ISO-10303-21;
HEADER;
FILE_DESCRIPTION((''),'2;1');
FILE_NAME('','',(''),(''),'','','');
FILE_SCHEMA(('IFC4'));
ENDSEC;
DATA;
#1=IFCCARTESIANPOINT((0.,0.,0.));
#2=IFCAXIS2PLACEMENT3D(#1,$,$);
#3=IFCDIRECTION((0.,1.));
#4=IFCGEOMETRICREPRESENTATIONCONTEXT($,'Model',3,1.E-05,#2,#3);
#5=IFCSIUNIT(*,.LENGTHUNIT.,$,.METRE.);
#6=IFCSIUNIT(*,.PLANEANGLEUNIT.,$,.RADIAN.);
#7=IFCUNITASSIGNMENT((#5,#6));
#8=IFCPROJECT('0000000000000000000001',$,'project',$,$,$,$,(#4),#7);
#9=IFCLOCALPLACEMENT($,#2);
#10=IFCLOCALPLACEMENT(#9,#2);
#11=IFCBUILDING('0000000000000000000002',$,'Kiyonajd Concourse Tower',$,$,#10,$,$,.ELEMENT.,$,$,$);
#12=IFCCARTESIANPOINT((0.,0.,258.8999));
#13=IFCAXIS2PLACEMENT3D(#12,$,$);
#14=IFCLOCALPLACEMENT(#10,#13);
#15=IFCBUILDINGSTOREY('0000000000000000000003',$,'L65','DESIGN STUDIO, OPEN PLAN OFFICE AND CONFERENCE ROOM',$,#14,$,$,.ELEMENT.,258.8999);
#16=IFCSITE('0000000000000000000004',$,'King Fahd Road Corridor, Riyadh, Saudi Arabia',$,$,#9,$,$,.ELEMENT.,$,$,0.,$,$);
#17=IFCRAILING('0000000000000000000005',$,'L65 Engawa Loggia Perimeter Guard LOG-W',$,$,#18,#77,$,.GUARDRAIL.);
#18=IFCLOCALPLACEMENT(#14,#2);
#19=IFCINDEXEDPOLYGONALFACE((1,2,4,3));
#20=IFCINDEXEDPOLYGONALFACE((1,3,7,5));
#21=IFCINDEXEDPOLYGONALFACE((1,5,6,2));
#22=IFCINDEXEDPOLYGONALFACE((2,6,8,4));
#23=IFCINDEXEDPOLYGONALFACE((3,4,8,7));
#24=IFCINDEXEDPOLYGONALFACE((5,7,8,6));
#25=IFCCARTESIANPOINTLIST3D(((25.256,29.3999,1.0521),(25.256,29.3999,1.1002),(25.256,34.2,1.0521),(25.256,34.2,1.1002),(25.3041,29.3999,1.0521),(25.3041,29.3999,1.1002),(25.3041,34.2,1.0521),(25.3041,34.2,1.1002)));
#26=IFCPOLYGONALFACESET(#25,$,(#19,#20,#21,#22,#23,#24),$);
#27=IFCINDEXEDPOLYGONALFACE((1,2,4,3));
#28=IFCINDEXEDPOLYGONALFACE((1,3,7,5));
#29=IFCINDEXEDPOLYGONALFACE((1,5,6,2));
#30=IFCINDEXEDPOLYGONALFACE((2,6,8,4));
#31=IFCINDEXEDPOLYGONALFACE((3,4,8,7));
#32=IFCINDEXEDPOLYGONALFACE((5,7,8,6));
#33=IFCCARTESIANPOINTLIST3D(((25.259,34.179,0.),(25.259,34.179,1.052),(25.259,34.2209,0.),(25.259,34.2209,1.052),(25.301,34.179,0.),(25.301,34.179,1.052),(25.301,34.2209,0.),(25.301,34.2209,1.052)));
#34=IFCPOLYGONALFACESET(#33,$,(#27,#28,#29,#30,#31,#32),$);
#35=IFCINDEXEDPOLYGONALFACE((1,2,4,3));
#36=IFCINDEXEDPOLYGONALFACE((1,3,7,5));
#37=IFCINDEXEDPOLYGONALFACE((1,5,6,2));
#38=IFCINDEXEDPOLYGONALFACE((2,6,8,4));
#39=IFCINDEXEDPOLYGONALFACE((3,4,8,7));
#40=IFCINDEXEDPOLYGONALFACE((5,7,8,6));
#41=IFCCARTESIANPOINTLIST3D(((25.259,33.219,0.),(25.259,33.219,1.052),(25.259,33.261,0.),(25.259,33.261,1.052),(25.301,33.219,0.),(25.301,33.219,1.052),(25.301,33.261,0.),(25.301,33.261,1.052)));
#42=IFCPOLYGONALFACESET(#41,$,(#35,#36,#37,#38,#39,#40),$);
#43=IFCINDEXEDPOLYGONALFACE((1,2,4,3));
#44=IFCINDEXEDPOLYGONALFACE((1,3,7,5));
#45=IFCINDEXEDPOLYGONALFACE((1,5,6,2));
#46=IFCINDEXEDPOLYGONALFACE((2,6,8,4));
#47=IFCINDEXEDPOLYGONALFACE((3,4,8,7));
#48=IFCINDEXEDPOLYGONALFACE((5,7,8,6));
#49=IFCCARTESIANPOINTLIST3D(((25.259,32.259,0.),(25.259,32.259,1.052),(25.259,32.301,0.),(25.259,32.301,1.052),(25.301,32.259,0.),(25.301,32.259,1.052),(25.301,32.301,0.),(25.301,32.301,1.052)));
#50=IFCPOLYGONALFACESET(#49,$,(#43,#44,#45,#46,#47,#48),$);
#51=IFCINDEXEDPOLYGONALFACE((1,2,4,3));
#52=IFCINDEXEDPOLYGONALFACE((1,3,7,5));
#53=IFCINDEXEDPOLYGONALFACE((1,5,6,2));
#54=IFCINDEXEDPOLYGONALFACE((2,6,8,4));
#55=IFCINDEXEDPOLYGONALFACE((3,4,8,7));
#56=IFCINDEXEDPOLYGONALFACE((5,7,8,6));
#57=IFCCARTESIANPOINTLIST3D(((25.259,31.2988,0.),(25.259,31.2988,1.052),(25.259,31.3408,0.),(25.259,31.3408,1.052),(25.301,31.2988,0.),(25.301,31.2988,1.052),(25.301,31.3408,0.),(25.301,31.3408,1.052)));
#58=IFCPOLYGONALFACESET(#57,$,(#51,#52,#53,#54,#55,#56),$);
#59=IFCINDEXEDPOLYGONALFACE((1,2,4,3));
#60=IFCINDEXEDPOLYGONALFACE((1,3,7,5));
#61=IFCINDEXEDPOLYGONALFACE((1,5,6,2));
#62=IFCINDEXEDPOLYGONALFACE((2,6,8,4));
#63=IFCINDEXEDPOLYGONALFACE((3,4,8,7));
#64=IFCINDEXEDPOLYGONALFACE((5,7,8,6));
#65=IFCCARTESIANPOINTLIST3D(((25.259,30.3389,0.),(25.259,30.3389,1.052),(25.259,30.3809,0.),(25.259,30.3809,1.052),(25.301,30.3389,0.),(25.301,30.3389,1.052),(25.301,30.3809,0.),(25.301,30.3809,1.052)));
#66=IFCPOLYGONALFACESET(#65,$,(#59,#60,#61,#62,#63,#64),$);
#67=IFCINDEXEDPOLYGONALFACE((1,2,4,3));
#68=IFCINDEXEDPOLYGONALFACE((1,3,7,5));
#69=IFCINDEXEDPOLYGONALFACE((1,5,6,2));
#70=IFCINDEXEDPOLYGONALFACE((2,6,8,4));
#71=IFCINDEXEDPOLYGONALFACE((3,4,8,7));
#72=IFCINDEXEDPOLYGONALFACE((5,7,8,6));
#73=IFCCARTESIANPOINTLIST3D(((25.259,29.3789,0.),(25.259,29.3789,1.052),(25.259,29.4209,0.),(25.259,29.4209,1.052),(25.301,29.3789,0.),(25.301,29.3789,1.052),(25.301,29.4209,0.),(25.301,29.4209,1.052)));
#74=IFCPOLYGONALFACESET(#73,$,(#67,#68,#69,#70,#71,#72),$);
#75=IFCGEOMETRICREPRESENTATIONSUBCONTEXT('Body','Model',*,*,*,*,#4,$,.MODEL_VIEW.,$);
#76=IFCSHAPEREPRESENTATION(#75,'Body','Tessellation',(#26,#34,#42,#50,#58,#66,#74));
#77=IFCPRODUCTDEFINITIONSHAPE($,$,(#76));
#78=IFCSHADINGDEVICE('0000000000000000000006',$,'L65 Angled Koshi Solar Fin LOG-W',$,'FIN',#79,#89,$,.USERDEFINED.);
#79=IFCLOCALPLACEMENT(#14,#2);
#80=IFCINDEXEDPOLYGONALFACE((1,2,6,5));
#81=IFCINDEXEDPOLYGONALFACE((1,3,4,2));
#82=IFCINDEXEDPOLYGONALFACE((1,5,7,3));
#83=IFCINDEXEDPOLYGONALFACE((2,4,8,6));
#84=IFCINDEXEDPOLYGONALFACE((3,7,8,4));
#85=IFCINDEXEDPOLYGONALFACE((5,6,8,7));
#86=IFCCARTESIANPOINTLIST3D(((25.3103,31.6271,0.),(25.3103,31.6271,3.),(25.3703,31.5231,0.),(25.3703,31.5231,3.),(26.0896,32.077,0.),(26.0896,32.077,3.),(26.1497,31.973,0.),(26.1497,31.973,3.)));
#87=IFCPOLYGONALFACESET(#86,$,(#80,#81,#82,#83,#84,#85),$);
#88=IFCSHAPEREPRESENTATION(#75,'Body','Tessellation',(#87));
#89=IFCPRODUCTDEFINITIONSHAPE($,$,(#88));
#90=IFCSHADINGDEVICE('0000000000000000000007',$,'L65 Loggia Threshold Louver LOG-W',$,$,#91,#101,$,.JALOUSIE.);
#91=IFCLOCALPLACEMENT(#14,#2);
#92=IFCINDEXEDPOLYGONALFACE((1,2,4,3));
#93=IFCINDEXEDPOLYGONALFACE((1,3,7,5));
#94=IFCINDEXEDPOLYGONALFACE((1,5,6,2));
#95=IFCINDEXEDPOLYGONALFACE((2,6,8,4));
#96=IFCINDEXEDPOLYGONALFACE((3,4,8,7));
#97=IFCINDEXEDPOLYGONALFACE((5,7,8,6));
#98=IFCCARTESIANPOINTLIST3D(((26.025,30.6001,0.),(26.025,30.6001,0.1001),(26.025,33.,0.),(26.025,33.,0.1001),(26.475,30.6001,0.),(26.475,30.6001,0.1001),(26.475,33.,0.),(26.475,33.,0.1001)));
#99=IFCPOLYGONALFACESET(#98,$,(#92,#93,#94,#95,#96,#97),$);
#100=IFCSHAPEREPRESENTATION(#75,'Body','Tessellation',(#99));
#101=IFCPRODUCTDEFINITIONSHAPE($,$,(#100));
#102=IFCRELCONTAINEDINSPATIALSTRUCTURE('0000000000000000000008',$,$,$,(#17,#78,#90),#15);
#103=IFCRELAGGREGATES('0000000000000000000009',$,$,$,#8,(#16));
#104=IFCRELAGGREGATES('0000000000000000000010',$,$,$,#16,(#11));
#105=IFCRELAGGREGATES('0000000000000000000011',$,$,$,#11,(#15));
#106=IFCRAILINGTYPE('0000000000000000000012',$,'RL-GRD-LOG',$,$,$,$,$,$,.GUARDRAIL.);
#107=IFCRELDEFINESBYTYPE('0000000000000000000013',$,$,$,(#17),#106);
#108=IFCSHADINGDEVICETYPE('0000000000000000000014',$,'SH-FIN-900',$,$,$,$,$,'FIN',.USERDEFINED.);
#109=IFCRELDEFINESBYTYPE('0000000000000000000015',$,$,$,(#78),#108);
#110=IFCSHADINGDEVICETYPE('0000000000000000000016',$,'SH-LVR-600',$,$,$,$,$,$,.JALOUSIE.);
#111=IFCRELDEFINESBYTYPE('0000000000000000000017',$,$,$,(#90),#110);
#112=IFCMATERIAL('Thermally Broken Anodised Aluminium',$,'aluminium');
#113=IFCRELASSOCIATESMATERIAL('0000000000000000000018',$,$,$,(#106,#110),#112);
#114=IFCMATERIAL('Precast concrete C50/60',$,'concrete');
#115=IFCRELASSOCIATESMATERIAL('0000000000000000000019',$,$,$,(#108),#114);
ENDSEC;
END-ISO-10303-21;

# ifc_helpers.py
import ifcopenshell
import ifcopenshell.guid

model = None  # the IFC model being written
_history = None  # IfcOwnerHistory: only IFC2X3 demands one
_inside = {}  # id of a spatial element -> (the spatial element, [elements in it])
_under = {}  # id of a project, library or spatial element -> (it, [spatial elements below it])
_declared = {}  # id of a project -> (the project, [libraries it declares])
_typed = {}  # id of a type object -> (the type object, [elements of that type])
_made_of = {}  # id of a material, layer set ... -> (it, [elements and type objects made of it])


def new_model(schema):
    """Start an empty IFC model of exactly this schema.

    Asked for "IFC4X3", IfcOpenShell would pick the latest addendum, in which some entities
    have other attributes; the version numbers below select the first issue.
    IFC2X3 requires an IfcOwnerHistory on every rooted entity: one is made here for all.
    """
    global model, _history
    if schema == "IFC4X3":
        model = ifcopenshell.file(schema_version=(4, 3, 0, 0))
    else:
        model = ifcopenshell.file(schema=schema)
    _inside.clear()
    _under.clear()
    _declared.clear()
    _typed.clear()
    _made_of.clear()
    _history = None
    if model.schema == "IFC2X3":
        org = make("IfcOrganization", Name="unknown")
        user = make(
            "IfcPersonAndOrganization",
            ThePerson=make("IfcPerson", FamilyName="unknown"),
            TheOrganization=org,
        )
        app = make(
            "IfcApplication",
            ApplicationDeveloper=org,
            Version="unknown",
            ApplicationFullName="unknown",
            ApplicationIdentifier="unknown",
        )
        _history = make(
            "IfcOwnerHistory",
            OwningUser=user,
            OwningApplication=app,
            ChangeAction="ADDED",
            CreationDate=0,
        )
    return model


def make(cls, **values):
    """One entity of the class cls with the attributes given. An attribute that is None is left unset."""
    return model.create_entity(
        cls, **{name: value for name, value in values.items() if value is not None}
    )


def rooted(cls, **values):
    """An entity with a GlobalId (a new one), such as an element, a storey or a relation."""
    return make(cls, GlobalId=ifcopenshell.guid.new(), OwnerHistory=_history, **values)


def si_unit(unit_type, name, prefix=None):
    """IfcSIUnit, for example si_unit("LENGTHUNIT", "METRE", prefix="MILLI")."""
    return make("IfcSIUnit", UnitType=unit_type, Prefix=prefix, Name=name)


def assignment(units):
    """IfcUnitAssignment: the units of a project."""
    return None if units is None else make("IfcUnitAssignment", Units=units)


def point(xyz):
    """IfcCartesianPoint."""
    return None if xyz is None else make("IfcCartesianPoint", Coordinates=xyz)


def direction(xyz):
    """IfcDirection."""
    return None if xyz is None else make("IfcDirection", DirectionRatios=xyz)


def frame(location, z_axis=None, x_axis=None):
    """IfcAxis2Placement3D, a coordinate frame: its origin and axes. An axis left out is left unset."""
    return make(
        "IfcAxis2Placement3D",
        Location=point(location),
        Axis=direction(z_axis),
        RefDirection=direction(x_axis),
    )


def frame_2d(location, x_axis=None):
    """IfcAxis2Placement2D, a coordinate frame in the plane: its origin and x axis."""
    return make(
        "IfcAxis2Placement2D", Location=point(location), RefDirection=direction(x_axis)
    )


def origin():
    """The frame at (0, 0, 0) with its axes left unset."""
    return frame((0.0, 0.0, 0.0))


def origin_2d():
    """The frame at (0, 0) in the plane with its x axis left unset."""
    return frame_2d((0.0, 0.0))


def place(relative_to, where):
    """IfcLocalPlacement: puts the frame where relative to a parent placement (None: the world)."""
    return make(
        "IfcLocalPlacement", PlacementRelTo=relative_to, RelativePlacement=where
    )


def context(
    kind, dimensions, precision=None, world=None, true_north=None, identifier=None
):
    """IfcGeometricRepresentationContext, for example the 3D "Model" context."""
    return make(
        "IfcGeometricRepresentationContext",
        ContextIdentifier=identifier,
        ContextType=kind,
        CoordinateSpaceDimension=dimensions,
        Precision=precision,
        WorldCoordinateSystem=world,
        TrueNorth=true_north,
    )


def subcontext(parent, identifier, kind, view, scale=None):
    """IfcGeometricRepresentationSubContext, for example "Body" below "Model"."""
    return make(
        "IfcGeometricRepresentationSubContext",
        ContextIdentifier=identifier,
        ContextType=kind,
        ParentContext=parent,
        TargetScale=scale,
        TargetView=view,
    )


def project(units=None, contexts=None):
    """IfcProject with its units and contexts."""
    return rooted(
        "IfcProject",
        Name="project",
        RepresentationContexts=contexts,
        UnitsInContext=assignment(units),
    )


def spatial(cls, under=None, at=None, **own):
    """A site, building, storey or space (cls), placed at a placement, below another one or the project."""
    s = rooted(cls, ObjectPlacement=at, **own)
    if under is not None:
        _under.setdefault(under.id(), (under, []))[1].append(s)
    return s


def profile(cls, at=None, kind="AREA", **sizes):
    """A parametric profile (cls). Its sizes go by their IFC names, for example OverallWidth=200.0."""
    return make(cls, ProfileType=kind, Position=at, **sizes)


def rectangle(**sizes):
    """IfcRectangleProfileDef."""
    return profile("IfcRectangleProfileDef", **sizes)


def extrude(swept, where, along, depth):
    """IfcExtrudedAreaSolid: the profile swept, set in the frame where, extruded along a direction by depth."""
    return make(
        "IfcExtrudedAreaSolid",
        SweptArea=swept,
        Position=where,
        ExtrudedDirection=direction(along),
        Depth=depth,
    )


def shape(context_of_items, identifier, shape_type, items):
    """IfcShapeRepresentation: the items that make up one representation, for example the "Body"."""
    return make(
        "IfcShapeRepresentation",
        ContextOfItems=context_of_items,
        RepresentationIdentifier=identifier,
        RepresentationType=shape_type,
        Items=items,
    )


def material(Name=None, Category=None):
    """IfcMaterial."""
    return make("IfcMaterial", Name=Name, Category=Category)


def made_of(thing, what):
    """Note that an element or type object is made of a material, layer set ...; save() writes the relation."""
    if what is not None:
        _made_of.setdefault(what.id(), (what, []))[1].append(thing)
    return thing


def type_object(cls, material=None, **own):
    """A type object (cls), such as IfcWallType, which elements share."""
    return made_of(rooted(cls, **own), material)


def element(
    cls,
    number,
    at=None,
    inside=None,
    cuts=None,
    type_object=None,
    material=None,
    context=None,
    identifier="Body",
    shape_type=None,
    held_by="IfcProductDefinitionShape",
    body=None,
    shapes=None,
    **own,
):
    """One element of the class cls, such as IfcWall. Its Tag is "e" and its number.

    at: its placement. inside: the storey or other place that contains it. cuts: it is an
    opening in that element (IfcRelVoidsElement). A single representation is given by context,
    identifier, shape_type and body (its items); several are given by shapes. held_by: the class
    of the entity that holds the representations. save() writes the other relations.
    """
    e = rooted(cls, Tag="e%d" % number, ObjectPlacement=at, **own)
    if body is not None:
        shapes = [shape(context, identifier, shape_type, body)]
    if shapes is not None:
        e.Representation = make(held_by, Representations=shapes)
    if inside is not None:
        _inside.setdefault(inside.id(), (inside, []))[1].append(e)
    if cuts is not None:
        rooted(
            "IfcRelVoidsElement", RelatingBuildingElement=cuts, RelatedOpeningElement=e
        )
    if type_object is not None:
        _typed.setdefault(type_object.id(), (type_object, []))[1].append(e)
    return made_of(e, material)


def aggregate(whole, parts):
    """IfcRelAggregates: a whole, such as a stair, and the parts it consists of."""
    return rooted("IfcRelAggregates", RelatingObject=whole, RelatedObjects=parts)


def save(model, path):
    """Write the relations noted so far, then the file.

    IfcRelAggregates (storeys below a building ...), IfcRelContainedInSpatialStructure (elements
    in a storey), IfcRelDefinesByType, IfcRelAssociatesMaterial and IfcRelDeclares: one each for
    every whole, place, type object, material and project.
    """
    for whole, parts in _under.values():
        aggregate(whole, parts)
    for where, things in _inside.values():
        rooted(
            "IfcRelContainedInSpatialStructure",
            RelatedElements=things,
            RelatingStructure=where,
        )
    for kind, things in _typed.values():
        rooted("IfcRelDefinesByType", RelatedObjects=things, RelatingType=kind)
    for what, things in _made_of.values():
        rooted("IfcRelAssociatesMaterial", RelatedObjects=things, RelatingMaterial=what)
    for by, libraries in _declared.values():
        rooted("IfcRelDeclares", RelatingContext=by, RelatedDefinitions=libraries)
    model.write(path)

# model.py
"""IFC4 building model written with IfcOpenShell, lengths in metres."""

from ifc_helpers import new_model, si_unit, direction, frame, origin, origin_2d, place, context, subcontext, project, spatial, rectangle, extrude, material, type_object, element, save


model = new_model("IFC4")

# Units and contexts
model_context = context("Model", 3, precision=1e-05, world=origin(), true_north=direction((0.0, 1.0)))
body_context = subcontext(model_context, "Body", "Model", "MODEL_VIEW")
ifc_project = project(units=[si_unit("LENGTHUNIT", "METRE"), si_unit("PLANEANGLEUNIT", "RADIAN")], contexts=[model_context])

# Site, building, storey
site_placement = place(None, origin())
site = spatial("IfcSite", under=ifc_project, at=site_placement, Name="King Fahd Road Corridor, Riyadh, Saudi Arabia", CompositionType="ELEMENT", RefElevation=0.0)
building_placement = place(site_placement, origin())
building = spatial("IfcBuilding", under=site, at=building_placement, Name="Kiyonajd Concourse Tower", CompositionType="ELEMENT")
storey_placement = place(building_placement, frame((0.0, 0.0, 258.8999)))
storey = spatial("IfcBuildingStorey", under=building, at=storey_placement, Name="L65", Description="DESIGN STUDIO, OPEN PLAN OFFICE AND CONFERENCE ROOM", CompositionType="ELEMENT", Elevation=258.8999)

# Shared definitions
ifc_material_1 = material(Name="Thermally Broken Anodised Aluminium", Category="aluminium")

# Shared definitions
ifc_material_2 = material(Name="Precast concrete C50/60", Category="concrete")

# Railing
railing_type = type_object("IfcRailingType", Name="RL-GRD-LOG", PredefinedType="GUARDRAIL", material=ifc_material_1)
railing_placement = place(storey_placement, frame((25.28, 34.2, 0.0)))
element("IfcRailing", 1, at=railing_placement, inside=storey, type_object=railing_type, Name="L65 Engawa Loggia Perimeter Guard LOG-W", PredefinedType="GUARDRAIL", context=body_context, shape_type="SweptSolid", body=[
    extrude(rectangle(XDim=0.0481, YDim=0.0481, at=origin_2d()), frame((0.0, 0.0, 1.0762), z_axis=(0.0, -1.0, 0.0), x_axis=(1.0, 0.0, 0.0)), (0.0, 0.0, 1.0), 4.8),
    extrude(rectangle(XDim=0.042, YDim=0.042, at=origin_2d()), origin(), (0.0, 0.0, 1.0), 1.052),
    extrude(rectangle(XDim=0.042, YDim=0.042, at=origin_2d()), frame((0.0, -0.96, 0.0)), (0.0, 0.0, 1.0), 1.052),
    extrude(rectangle(XDim=0.042, YDim=0.042, at=origin_2d()), frame((0.0, -1.9199, 0.0)), (0.0, 0.0, 1.0), 1.052),
    extrude(rectangle(XDim=0.042, YDim=0.042, at=origin_2d()), frame((0.0, -2.8801, 0.0)), (0.0, 0.0, 1.0), 1.052),
    extrude(rectangle(XDim=0.042, YDim=0.042, at=origin_2d()), frame((0.0, -3.8401, 0.0)), (0.0, 0.0, 1.0), 1.052),
    extrude(rectangle(XDim=0.042, YDim=0.042, at=origin_2d()), frame((0.0, -4.8, 0.0)), (0.0, 0.0, 1.0), 1.052),
])

# Shading devices
shading_device_type_1 = type_object("IfcShadingDeviceType", Name="SH-FIN-900", ElementType="FIN", PredefinedType="USERDEFINED", material=ifc_material_2)
shading_device_1_placement = place(storey_placement, frame((25.73, 31.8, 0.0), z_axis=(0.0, 0.0, 1.0), x_axis=(0.866025, 0.5, 0.0)))
element("IfcShadingDevice", 2, at=shading_device_1_placement, inside=storey, type_object=shading_device_type_1, Name="L65 Angled Koshi Solar Fin LOG-W", ObjectType="FIN", PredefinedType="USERDEFINED", context=body_context, shape_type="SweptSolid", body=[
    extrude(rectangle(XDim=0.8999, YDim=0.1201, at=origin_2d()), origin(), (0.0, 0.0, 1.0), 3.0),
])
shading_device_type_2 = type_object("IfcShadingDeviceType", Name="SH-LVR-600", PredefinedType="JALOUSIE", material=ifc_material_1)
shading_device_2_placement = place(storey_placement, frame((26.25, 31.8, 0.0), z_axis=(0.0, 0.0, 1.0), x_axis=(0.0, 1.0, 0.0)))
element("IfcShadingDevice", 3, at=shading_device_2_placement, inside=storey, type_object=shading_device_type_2, Name="L65 Loggia Threshold Louver LOG-W", PredefinedType="JALOUSIE", context=body_context, shape_type="SweptSolid", body=[
    extrude(rectangle(XDim=2.3999, YDim=0.45, at=origin_2d()), origin(), (0.0, 0.0, 1.0), 0.1001),
])

save(model, "model.ifc")
